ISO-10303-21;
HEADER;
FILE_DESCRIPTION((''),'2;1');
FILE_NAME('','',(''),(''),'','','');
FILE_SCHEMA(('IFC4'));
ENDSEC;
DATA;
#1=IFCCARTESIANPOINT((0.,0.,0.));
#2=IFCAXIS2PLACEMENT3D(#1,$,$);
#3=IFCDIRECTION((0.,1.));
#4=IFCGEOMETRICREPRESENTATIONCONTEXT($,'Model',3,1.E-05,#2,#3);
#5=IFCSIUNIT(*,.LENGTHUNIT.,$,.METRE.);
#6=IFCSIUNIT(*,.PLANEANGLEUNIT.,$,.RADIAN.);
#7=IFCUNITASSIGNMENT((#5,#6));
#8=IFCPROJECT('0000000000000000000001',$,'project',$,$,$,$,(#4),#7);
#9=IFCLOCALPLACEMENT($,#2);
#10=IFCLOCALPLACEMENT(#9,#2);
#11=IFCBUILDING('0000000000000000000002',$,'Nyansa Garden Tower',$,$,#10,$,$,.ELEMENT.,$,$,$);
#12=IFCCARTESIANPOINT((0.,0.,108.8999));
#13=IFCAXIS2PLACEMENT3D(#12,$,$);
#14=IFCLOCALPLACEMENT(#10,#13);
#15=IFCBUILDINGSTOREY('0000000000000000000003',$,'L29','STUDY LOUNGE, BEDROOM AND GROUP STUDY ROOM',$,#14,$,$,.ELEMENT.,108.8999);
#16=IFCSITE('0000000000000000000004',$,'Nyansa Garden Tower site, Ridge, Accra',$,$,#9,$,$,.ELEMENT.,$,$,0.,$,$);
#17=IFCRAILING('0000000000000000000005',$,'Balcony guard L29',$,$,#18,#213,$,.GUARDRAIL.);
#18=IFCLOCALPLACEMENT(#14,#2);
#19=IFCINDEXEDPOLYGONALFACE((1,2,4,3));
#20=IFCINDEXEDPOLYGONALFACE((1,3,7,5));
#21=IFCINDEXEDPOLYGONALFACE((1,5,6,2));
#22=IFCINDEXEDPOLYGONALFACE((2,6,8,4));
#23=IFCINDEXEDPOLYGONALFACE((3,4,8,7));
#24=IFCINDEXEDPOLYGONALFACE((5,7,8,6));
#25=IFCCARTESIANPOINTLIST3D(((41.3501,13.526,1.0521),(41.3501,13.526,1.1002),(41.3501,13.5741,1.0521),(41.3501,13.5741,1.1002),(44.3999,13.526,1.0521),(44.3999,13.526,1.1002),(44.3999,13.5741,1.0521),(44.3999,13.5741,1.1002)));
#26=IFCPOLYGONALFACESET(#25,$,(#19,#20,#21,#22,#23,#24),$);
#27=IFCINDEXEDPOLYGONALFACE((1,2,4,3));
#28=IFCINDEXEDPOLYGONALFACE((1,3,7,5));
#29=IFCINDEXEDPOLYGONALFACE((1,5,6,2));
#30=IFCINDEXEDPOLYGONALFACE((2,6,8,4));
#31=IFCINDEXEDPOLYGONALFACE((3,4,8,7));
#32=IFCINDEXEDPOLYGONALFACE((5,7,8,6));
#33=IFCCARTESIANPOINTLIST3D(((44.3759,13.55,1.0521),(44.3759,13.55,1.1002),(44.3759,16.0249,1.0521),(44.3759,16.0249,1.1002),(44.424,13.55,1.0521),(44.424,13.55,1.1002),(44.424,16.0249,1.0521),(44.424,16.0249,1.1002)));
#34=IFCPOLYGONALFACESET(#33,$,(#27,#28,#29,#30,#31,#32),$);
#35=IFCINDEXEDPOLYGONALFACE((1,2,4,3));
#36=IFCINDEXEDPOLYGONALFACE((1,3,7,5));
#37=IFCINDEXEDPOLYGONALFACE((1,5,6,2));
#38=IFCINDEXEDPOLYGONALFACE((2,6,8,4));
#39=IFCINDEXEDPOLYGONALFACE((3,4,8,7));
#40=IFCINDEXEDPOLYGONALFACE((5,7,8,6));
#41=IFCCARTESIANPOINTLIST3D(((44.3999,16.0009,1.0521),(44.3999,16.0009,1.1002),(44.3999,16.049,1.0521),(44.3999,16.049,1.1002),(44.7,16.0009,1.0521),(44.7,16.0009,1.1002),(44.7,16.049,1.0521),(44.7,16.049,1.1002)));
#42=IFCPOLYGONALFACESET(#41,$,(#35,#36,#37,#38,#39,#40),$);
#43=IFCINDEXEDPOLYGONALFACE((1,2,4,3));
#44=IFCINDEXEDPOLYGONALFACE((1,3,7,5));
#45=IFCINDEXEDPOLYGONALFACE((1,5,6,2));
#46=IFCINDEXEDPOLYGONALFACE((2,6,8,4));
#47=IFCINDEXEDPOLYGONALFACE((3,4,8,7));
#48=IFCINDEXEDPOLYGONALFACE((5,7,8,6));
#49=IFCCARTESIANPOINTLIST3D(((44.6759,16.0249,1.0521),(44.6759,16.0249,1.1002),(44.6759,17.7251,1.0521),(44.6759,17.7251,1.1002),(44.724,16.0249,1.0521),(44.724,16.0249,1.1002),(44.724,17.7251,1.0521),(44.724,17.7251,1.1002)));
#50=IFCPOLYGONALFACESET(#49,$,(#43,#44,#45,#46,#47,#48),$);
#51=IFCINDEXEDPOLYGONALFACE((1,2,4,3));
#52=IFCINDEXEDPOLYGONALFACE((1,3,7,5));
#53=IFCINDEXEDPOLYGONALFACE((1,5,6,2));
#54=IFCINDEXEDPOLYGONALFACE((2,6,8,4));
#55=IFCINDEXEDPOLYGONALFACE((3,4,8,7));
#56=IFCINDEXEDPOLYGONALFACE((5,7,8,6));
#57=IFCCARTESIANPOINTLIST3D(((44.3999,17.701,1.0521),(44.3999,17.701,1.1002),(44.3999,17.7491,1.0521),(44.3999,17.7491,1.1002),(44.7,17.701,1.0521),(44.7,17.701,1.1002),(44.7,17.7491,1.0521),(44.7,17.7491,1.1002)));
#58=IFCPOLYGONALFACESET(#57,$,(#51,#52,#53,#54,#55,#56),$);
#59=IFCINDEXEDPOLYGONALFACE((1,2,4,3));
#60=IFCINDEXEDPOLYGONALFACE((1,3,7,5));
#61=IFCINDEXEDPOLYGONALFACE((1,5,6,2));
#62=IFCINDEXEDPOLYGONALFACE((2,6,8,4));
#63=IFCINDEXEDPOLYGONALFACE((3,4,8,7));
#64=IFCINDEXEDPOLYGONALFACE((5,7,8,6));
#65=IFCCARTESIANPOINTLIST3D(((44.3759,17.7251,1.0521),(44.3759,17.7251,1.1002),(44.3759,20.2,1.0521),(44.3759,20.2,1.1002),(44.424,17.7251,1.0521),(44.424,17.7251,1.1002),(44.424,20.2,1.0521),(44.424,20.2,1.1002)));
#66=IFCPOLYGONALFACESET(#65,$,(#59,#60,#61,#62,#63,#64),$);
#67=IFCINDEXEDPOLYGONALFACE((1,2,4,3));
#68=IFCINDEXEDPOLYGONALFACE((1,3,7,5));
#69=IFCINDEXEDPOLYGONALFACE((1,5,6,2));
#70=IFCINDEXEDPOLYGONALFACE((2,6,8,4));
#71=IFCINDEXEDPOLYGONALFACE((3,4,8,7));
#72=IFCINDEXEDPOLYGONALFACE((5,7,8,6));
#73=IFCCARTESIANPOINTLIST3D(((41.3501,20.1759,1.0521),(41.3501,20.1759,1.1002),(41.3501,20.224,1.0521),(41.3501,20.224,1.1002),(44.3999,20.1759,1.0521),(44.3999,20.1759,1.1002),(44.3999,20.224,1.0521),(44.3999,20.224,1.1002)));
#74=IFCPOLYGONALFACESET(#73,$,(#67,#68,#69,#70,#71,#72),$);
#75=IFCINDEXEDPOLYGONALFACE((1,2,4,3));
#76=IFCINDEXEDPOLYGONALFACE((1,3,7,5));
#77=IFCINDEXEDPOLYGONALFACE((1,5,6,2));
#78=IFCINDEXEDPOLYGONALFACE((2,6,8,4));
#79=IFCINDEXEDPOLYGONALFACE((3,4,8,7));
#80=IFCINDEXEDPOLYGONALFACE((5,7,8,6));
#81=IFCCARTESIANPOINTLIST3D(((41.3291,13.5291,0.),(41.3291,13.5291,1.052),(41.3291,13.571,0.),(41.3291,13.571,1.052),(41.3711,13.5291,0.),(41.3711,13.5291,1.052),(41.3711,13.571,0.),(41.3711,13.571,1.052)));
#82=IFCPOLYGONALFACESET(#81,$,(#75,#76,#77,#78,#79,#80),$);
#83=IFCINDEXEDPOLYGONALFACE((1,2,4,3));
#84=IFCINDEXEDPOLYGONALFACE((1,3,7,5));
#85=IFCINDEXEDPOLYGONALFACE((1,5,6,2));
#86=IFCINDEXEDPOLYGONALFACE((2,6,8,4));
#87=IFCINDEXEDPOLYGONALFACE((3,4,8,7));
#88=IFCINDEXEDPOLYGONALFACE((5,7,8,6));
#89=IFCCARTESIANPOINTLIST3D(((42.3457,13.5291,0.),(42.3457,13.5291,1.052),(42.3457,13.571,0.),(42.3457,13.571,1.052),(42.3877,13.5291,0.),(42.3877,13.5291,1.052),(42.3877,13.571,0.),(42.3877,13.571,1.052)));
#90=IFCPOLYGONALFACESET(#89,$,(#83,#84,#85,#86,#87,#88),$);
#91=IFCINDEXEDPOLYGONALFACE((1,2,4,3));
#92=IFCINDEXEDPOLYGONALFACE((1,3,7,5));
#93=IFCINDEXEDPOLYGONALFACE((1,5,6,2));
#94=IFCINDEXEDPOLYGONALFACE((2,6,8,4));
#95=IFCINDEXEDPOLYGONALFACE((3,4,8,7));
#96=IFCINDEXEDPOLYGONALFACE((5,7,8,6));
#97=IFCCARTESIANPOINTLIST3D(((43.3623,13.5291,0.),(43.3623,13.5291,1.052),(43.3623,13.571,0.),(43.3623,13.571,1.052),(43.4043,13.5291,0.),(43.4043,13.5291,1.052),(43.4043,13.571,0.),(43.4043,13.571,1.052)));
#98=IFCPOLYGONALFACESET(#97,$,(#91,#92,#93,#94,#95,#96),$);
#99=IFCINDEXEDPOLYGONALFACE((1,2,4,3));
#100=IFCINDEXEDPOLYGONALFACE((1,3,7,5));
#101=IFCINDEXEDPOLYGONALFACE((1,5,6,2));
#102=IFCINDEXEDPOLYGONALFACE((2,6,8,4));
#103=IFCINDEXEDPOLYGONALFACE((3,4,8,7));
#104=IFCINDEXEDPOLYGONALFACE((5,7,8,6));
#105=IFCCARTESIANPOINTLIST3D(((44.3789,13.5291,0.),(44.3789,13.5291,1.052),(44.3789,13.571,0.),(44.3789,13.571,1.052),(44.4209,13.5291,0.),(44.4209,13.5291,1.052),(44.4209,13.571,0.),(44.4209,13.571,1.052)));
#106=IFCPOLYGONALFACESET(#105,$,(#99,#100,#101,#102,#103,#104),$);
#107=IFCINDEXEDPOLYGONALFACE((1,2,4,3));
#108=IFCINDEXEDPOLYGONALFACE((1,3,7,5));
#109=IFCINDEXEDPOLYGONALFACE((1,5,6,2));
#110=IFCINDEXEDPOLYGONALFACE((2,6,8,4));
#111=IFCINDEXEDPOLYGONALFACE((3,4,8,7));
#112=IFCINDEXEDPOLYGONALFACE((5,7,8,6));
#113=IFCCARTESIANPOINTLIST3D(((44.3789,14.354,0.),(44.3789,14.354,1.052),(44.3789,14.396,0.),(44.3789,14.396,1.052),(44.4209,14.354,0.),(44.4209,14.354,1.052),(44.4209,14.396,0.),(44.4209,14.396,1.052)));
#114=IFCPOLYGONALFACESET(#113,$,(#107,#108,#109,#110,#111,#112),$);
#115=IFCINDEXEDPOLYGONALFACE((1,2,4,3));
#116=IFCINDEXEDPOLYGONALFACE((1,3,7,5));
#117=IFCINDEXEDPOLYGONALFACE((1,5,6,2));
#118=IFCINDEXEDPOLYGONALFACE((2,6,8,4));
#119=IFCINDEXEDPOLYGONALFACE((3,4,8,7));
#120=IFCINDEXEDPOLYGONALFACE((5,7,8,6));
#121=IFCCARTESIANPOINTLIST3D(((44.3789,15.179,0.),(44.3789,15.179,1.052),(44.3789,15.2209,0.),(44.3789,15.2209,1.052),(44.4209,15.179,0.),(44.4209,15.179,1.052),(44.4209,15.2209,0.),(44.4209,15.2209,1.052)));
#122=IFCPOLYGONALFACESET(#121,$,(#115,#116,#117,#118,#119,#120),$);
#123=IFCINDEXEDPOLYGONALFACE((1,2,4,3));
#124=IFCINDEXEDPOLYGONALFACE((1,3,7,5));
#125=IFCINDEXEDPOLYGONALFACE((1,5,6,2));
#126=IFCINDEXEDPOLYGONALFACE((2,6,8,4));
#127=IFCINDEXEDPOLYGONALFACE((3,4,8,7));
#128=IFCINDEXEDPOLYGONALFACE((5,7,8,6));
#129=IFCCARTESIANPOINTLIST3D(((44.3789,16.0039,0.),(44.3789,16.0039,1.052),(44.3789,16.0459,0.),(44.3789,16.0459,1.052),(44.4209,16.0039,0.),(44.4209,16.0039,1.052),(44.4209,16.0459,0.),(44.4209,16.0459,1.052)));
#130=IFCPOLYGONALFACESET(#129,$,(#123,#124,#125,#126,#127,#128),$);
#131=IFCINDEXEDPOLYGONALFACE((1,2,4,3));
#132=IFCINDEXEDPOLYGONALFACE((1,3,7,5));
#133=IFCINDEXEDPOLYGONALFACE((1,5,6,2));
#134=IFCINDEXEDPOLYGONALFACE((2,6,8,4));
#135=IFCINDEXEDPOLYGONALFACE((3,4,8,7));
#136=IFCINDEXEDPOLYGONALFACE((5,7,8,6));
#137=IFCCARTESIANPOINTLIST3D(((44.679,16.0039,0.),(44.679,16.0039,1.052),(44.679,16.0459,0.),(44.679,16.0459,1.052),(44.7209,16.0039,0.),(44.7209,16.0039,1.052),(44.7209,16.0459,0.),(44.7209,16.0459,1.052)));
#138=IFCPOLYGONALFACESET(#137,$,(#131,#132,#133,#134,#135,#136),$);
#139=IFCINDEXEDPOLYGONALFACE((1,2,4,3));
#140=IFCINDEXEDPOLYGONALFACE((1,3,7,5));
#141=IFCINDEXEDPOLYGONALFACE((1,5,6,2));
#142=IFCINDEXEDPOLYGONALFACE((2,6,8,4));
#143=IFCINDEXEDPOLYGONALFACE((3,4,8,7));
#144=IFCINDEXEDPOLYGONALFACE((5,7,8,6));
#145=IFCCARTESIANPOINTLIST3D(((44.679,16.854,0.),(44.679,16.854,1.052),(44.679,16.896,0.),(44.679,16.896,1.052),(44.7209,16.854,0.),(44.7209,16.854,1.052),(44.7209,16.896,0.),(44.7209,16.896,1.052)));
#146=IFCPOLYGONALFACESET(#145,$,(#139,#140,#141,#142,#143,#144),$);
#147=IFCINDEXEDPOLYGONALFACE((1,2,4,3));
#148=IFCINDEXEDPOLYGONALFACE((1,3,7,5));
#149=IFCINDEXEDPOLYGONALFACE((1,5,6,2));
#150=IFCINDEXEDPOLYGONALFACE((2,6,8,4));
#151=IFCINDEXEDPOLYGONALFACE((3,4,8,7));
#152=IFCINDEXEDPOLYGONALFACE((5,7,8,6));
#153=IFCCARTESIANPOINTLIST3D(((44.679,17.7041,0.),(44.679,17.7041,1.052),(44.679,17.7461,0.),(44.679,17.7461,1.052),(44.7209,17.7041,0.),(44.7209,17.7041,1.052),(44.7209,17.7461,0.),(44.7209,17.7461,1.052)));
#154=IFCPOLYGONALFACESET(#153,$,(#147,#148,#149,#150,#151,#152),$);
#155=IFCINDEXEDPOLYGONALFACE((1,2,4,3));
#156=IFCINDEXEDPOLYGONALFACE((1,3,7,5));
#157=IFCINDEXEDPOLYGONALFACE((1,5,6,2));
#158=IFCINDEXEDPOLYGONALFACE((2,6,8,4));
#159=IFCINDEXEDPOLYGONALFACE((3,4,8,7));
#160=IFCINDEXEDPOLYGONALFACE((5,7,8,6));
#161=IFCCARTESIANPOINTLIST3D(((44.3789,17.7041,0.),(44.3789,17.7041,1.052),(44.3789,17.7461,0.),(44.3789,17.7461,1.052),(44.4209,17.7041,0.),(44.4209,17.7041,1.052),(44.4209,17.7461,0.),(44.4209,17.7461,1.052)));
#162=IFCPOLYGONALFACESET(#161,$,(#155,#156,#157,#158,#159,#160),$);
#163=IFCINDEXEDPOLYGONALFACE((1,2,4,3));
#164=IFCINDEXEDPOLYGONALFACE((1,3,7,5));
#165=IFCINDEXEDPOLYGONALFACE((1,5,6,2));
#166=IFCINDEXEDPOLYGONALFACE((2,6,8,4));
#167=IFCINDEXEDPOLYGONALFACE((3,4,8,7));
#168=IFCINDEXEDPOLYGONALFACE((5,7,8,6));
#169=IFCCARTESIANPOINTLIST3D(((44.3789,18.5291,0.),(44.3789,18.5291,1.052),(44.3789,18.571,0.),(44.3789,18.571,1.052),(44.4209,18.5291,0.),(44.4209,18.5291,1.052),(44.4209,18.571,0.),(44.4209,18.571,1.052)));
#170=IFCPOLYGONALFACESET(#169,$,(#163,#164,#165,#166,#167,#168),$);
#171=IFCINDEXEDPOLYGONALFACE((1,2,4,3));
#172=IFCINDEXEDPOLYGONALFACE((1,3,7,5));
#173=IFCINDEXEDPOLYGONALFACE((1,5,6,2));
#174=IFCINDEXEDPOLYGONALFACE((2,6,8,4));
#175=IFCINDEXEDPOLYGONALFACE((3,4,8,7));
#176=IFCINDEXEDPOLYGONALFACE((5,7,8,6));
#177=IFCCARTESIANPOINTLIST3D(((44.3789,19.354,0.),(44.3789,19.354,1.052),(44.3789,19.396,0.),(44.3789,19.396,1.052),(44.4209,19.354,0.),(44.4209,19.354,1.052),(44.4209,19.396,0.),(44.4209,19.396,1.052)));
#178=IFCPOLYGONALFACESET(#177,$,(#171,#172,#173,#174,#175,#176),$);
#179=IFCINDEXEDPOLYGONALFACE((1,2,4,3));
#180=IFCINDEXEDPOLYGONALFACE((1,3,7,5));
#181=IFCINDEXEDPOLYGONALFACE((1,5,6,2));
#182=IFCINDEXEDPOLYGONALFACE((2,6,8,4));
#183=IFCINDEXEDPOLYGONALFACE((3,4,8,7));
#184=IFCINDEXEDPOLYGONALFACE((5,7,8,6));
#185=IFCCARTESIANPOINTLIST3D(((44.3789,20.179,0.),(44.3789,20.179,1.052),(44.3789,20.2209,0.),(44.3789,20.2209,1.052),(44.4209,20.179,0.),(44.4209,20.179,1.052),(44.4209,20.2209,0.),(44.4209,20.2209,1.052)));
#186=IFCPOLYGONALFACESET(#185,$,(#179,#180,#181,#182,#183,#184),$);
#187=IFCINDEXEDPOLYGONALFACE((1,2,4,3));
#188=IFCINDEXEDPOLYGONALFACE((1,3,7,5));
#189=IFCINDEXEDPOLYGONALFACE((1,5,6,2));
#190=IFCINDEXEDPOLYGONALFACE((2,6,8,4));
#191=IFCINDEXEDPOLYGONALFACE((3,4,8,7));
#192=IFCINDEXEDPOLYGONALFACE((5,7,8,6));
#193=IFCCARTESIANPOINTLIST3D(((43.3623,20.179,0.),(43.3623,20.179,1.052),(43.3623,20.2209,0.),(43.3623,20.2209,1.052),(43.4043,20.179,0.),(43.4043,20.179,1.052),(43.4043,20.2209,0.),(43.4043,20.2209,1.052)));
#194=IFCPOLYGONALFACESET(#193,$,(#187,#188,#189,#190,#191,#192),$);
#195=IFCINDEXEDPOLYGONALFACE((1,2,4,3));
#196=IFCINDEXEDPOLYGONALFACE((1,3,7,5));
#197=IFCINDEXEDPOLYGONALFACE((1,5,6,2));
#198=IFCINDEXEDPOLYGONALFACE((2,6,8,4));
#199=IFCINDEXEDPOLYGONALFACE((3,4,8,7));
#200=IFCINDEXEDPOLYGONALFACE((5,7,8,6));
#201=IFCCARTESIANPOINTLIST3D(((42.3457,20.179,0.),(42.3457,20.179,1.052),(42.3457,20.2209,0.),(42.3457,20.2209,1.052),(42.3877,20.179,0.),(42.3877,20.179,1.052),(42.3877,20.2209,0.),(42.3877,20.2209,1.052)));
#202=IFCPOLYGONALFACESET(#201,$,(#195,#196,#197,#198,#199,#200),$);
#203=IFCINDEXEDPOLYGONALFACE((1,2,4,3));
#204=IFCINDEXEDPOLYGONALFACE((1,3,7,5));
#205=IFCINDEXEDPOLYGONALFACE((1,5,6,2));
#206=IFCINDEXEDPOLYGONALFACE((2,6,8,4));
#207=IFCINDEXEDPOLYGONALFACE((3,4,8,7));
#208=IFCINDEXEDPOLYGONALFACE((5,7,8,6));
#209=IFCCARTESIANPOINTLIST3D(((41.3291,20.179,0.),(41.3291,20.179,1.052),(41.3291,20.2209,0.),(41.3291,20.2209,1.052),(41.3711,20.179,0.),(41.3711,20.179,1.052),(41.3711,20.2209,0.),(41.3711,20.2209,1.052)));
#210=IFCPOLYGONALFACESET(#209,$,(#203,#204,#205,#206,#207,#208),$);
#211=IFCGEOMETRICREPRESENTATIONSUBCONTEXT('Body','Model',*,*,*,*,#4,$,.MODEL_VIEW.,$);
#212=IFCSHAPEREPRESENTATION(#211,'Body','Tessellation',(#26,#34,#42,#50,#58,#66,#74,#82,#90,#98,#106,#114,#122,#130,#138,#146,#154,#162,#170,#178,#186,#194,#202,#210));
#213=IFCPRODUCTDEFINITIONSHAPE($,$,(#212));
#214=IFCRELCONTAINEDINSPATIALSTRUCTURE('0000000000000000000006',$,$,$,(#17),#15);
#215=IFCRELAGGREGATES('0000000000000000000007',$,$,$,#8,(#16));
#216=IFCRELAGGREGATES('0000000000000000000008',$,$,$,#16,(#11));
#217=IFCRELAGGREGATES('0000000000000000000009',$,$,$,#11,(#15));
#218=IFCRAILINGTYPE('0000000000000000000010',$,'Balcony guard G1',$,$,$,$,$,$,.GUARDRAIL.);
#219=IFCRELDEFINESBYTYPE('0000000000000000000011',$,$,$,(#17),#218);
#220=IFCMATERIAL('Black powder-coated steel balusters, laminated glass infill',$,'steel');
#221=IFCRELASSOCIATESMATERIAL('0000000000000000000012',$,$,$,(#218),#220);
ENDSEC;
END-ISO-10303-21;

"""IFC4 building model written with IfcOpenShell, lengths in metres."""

from ifc_helpers import new_model, si_unit, direction, frame, origin, origin_2d, place, context, subcontext, project, spatial, rectangle, extrude, material, type_object, element, save


model = new_model("IFC4")

# Units and contexts
model_context = context("Model", 3, precision=1e-05, world=origin(), true_north=direction((0.0, 1.0)))
body_context = subcontext(model_context, "Body", "Model", "MODEL_VIEW")
ifc_project = project(units=[si_unit("LENGTHUNIT", "METRE"), si_unit("PLANEANGLEUNIT", "RADIAN")], contexts=[model_context])

# Site, building, storey
site_placement = place(None, origin())
site = spatial("IfcSite", under=ifc_project, at=site_placement, Name="Nyansa Garden Tower site, Ridge, Accra", CompositionType="ELEMENT", RefElevation=0.0)
building_placement = place(site_placement, origin())
building = spatial("IfcBuilding", under=site, at=building_placement, Name="Nyansa Garden Tower", CompositionType="ELEMENT")
storey_placement = place(building_placement, frame((0.0, 0.0, 108.8999)))
storey = spatial("IfcBuildingStorey", under=building, at=storey_placement, Name="L29", Description="STUDY LOUNGE, BEDROOM AND GROUP STUDY ROOM", CompositionType="ELEMENT", Elevation=108.8999)

# Railing
ifc_material_1 = material(Name="Black powder-coated steel balusters, laminated glass infill", Category="steel")
railing_type = type_object("IfcRailingType", Name="Balcony guard G1", PredefinedType="GUARDRAIL", material=ifc_material_1)
railing_placement = place(storey_placement, frame((41.3501, 13.55, 0.0)))
element("IfcRailing", 1, at=railing_placement, inside=storey, type_object=railing_type, Name="Balcony guard L29", PredefinedType="GUARDRAIL", context=body_context, shape_type="SweptSolid", body=[
    extrude(rectangle(XDim=0.0481, YDim=0.0481, at=origin_2d()), frame((0.0, 0.0, 1.0762), z_axis=(1.0, 0.0, 0.0), x_axis=(0.0, 1.0, 0.0)), (0.0, 0.0, 1.0), 3.0498),
    extrude(rectangle(XDim=0.0481, YDim=0.0481, at=origin_2d()), frame((3.0498, 0.0, 1.0762), z_axis=(0.0, 1.0, 0.0), x_axis=(-1.0, 0.0, 0.0)), (0.0, 0.0, 1.0), 2.4749),
    extrude(rectangle(XDim=0.0481, YDim=0.0481, at=origin_2d()), frame((3.0498, 2.4749, 1.0762), z_axis=(1.0, 0.0, 0.0), x_axis=(0.0, 1.0, 0.0)), (0.0, 0.0, 1.0), 0.3),
    extrude(rectangle(XDim=0.0481, YDim=0.0481, at=origin_2d()), frame((3.3499, 2.4749, 1.0762), z_axis=(0.0, 1.0, 0.0), x_axis=(-1.0, 0.0, 0.0)), (0.0, 0.0, 1.0), 1.7002),
    extrude(rectangle(XDim=0.0481, YDim=0.0481, at=origin_2d()), frame((3.3499, 4.175, 1.0762), z_axis=(-1.0, 0.0, 0.0), x_axis=(0.0, -1.0, 0.0)), (0.0, 0.0, 1.0), 0.3),
    extrude(rectangle(XDim=0.0481, YDim=0.0481, at=origin_2d()), frame((3.0498, 4.175, 1.0762), z_axis=(0.0, 1.0, 0.0), x_axis=(-1.0, 0.0, 0.0)), (0.0, 0.0, 1.0), 2.4749),
    extrude(rectangle(XDim=0.0481, YDim=0.0481, at=origin_2d()), frame((3.0498, 6.6499, 1.0762), z_axis=(-1.0, 0.0, 0.0), x_axis=(0.0, -1.0, 0.0)), (0.0, 0.0, 1.0), 3.0498),
    extrude(rectangle(XDim=0.042, YDim=0.042, at=origin_2d()), origin(), (0.0, 0.0, 1.0), 1.052),
    extrude(rectangle(XDim=0.042, YDim=0.042, at=origin_2d()), frame((1.0166, 0.0, 0.0)), (0.0, 0.0, 1.0), 1.052),
    extrude(rectangle(XDim=0.042, YDim=0.042, at=origin_2d()), frame((2.0332, 0.0, 0.0)), (0.0, 0.0, 1.0), 1.052),
    extrude(rectangle(XDim=0.042, YDim=0.042, at=origin_2d()), frame((3.0498, 0.0, 0.0)), (0.0, 0.0, 1.0), 1.052),
    extrude(rectangle(XDim=0.042, YDim=0.042, at=origin_2d()), frame((3.0498, 0.825, 0.0)), (0.0, 0.0, 1.0), 1.052),
    extrude(rectangle(XDim=0.042, YDim=0.042, at=origin_2d()), frame((3.0498, 1.6499, 0.0)), (0.0, 0.0, 1.0), 1.052),
    extrude(rectangle(XDim=0.042, YDim=0.042, at=origin_2d()), frame((3.0498, 2.4749, 0.0)), (0.0, 0.0, 1.0), 1.052),
    extrude(rectangle(XDim=0.042, YDim=0.042, at=origin_2d()), frame((3.3499, 2.4749, 0.0)), (0.0, 0.0, 1.0), 1.052),
    extrude(rectangle(XDim=0.042, YDim=0.042, at=origin_2d()), frame((3.3499, 3.325, 0.0)), (0.0, 0.0, 1.0), 1.052),
    extrude(rectangle(XDim=0.042, YDim=0.042, at=origin_2d()), frame((3.3499, 4.175, 0.0)), (0.0, 0.0, 1.0), 1.052),
    extrude(rectangle(XDim=0.042, YDim=0.042, at=origin_2d()), frame((3.0498, 4.175, 0.0)), (0.0, 0.0, 1.0), 1.052),
    extrude(rectangle(XDim=0.042, YDim=0.042, at=origin_2d()), frame((3.0498, 5.0, 0.0)), (0.0, 0.0, 1.0), 1.052),
    extrude(rectangle(XDim=0.042, YDim=0.042, at=origin_2d()), frame((3.0498, 5.825, 0.0)), (0.0, 0.0, 1.0), 1.052),
    extrude(rectangle(XDim=0.042, YDim=0.042, at=origin_2d()), frame((3.0498, 6.6499, 0.0)), (0.0, 0.0, 1.0), 1.052),
    extrude(rectangle(XDim=0.042, YDim=0.042, at=origin_2d()), frame((2.0332, 6.6499, 0.0)), (0.0, 0.0, 1.0), 1.052),
    extrude(rectangle(XDim=0.042, YDim=0.042, at=origin_2d()), frame((1.0166, 6.6499, 0.0)), (0.0, 0.0, 1.0), 1.052),
    extrude(rectangle(XDim=0.042, YDim=0.042, at=origin_2d()), frame((0.0, 6.6499, 0.0)), (0.0, 0.0, 1.0), 1.052),
])

save(model, "model.ifc")
